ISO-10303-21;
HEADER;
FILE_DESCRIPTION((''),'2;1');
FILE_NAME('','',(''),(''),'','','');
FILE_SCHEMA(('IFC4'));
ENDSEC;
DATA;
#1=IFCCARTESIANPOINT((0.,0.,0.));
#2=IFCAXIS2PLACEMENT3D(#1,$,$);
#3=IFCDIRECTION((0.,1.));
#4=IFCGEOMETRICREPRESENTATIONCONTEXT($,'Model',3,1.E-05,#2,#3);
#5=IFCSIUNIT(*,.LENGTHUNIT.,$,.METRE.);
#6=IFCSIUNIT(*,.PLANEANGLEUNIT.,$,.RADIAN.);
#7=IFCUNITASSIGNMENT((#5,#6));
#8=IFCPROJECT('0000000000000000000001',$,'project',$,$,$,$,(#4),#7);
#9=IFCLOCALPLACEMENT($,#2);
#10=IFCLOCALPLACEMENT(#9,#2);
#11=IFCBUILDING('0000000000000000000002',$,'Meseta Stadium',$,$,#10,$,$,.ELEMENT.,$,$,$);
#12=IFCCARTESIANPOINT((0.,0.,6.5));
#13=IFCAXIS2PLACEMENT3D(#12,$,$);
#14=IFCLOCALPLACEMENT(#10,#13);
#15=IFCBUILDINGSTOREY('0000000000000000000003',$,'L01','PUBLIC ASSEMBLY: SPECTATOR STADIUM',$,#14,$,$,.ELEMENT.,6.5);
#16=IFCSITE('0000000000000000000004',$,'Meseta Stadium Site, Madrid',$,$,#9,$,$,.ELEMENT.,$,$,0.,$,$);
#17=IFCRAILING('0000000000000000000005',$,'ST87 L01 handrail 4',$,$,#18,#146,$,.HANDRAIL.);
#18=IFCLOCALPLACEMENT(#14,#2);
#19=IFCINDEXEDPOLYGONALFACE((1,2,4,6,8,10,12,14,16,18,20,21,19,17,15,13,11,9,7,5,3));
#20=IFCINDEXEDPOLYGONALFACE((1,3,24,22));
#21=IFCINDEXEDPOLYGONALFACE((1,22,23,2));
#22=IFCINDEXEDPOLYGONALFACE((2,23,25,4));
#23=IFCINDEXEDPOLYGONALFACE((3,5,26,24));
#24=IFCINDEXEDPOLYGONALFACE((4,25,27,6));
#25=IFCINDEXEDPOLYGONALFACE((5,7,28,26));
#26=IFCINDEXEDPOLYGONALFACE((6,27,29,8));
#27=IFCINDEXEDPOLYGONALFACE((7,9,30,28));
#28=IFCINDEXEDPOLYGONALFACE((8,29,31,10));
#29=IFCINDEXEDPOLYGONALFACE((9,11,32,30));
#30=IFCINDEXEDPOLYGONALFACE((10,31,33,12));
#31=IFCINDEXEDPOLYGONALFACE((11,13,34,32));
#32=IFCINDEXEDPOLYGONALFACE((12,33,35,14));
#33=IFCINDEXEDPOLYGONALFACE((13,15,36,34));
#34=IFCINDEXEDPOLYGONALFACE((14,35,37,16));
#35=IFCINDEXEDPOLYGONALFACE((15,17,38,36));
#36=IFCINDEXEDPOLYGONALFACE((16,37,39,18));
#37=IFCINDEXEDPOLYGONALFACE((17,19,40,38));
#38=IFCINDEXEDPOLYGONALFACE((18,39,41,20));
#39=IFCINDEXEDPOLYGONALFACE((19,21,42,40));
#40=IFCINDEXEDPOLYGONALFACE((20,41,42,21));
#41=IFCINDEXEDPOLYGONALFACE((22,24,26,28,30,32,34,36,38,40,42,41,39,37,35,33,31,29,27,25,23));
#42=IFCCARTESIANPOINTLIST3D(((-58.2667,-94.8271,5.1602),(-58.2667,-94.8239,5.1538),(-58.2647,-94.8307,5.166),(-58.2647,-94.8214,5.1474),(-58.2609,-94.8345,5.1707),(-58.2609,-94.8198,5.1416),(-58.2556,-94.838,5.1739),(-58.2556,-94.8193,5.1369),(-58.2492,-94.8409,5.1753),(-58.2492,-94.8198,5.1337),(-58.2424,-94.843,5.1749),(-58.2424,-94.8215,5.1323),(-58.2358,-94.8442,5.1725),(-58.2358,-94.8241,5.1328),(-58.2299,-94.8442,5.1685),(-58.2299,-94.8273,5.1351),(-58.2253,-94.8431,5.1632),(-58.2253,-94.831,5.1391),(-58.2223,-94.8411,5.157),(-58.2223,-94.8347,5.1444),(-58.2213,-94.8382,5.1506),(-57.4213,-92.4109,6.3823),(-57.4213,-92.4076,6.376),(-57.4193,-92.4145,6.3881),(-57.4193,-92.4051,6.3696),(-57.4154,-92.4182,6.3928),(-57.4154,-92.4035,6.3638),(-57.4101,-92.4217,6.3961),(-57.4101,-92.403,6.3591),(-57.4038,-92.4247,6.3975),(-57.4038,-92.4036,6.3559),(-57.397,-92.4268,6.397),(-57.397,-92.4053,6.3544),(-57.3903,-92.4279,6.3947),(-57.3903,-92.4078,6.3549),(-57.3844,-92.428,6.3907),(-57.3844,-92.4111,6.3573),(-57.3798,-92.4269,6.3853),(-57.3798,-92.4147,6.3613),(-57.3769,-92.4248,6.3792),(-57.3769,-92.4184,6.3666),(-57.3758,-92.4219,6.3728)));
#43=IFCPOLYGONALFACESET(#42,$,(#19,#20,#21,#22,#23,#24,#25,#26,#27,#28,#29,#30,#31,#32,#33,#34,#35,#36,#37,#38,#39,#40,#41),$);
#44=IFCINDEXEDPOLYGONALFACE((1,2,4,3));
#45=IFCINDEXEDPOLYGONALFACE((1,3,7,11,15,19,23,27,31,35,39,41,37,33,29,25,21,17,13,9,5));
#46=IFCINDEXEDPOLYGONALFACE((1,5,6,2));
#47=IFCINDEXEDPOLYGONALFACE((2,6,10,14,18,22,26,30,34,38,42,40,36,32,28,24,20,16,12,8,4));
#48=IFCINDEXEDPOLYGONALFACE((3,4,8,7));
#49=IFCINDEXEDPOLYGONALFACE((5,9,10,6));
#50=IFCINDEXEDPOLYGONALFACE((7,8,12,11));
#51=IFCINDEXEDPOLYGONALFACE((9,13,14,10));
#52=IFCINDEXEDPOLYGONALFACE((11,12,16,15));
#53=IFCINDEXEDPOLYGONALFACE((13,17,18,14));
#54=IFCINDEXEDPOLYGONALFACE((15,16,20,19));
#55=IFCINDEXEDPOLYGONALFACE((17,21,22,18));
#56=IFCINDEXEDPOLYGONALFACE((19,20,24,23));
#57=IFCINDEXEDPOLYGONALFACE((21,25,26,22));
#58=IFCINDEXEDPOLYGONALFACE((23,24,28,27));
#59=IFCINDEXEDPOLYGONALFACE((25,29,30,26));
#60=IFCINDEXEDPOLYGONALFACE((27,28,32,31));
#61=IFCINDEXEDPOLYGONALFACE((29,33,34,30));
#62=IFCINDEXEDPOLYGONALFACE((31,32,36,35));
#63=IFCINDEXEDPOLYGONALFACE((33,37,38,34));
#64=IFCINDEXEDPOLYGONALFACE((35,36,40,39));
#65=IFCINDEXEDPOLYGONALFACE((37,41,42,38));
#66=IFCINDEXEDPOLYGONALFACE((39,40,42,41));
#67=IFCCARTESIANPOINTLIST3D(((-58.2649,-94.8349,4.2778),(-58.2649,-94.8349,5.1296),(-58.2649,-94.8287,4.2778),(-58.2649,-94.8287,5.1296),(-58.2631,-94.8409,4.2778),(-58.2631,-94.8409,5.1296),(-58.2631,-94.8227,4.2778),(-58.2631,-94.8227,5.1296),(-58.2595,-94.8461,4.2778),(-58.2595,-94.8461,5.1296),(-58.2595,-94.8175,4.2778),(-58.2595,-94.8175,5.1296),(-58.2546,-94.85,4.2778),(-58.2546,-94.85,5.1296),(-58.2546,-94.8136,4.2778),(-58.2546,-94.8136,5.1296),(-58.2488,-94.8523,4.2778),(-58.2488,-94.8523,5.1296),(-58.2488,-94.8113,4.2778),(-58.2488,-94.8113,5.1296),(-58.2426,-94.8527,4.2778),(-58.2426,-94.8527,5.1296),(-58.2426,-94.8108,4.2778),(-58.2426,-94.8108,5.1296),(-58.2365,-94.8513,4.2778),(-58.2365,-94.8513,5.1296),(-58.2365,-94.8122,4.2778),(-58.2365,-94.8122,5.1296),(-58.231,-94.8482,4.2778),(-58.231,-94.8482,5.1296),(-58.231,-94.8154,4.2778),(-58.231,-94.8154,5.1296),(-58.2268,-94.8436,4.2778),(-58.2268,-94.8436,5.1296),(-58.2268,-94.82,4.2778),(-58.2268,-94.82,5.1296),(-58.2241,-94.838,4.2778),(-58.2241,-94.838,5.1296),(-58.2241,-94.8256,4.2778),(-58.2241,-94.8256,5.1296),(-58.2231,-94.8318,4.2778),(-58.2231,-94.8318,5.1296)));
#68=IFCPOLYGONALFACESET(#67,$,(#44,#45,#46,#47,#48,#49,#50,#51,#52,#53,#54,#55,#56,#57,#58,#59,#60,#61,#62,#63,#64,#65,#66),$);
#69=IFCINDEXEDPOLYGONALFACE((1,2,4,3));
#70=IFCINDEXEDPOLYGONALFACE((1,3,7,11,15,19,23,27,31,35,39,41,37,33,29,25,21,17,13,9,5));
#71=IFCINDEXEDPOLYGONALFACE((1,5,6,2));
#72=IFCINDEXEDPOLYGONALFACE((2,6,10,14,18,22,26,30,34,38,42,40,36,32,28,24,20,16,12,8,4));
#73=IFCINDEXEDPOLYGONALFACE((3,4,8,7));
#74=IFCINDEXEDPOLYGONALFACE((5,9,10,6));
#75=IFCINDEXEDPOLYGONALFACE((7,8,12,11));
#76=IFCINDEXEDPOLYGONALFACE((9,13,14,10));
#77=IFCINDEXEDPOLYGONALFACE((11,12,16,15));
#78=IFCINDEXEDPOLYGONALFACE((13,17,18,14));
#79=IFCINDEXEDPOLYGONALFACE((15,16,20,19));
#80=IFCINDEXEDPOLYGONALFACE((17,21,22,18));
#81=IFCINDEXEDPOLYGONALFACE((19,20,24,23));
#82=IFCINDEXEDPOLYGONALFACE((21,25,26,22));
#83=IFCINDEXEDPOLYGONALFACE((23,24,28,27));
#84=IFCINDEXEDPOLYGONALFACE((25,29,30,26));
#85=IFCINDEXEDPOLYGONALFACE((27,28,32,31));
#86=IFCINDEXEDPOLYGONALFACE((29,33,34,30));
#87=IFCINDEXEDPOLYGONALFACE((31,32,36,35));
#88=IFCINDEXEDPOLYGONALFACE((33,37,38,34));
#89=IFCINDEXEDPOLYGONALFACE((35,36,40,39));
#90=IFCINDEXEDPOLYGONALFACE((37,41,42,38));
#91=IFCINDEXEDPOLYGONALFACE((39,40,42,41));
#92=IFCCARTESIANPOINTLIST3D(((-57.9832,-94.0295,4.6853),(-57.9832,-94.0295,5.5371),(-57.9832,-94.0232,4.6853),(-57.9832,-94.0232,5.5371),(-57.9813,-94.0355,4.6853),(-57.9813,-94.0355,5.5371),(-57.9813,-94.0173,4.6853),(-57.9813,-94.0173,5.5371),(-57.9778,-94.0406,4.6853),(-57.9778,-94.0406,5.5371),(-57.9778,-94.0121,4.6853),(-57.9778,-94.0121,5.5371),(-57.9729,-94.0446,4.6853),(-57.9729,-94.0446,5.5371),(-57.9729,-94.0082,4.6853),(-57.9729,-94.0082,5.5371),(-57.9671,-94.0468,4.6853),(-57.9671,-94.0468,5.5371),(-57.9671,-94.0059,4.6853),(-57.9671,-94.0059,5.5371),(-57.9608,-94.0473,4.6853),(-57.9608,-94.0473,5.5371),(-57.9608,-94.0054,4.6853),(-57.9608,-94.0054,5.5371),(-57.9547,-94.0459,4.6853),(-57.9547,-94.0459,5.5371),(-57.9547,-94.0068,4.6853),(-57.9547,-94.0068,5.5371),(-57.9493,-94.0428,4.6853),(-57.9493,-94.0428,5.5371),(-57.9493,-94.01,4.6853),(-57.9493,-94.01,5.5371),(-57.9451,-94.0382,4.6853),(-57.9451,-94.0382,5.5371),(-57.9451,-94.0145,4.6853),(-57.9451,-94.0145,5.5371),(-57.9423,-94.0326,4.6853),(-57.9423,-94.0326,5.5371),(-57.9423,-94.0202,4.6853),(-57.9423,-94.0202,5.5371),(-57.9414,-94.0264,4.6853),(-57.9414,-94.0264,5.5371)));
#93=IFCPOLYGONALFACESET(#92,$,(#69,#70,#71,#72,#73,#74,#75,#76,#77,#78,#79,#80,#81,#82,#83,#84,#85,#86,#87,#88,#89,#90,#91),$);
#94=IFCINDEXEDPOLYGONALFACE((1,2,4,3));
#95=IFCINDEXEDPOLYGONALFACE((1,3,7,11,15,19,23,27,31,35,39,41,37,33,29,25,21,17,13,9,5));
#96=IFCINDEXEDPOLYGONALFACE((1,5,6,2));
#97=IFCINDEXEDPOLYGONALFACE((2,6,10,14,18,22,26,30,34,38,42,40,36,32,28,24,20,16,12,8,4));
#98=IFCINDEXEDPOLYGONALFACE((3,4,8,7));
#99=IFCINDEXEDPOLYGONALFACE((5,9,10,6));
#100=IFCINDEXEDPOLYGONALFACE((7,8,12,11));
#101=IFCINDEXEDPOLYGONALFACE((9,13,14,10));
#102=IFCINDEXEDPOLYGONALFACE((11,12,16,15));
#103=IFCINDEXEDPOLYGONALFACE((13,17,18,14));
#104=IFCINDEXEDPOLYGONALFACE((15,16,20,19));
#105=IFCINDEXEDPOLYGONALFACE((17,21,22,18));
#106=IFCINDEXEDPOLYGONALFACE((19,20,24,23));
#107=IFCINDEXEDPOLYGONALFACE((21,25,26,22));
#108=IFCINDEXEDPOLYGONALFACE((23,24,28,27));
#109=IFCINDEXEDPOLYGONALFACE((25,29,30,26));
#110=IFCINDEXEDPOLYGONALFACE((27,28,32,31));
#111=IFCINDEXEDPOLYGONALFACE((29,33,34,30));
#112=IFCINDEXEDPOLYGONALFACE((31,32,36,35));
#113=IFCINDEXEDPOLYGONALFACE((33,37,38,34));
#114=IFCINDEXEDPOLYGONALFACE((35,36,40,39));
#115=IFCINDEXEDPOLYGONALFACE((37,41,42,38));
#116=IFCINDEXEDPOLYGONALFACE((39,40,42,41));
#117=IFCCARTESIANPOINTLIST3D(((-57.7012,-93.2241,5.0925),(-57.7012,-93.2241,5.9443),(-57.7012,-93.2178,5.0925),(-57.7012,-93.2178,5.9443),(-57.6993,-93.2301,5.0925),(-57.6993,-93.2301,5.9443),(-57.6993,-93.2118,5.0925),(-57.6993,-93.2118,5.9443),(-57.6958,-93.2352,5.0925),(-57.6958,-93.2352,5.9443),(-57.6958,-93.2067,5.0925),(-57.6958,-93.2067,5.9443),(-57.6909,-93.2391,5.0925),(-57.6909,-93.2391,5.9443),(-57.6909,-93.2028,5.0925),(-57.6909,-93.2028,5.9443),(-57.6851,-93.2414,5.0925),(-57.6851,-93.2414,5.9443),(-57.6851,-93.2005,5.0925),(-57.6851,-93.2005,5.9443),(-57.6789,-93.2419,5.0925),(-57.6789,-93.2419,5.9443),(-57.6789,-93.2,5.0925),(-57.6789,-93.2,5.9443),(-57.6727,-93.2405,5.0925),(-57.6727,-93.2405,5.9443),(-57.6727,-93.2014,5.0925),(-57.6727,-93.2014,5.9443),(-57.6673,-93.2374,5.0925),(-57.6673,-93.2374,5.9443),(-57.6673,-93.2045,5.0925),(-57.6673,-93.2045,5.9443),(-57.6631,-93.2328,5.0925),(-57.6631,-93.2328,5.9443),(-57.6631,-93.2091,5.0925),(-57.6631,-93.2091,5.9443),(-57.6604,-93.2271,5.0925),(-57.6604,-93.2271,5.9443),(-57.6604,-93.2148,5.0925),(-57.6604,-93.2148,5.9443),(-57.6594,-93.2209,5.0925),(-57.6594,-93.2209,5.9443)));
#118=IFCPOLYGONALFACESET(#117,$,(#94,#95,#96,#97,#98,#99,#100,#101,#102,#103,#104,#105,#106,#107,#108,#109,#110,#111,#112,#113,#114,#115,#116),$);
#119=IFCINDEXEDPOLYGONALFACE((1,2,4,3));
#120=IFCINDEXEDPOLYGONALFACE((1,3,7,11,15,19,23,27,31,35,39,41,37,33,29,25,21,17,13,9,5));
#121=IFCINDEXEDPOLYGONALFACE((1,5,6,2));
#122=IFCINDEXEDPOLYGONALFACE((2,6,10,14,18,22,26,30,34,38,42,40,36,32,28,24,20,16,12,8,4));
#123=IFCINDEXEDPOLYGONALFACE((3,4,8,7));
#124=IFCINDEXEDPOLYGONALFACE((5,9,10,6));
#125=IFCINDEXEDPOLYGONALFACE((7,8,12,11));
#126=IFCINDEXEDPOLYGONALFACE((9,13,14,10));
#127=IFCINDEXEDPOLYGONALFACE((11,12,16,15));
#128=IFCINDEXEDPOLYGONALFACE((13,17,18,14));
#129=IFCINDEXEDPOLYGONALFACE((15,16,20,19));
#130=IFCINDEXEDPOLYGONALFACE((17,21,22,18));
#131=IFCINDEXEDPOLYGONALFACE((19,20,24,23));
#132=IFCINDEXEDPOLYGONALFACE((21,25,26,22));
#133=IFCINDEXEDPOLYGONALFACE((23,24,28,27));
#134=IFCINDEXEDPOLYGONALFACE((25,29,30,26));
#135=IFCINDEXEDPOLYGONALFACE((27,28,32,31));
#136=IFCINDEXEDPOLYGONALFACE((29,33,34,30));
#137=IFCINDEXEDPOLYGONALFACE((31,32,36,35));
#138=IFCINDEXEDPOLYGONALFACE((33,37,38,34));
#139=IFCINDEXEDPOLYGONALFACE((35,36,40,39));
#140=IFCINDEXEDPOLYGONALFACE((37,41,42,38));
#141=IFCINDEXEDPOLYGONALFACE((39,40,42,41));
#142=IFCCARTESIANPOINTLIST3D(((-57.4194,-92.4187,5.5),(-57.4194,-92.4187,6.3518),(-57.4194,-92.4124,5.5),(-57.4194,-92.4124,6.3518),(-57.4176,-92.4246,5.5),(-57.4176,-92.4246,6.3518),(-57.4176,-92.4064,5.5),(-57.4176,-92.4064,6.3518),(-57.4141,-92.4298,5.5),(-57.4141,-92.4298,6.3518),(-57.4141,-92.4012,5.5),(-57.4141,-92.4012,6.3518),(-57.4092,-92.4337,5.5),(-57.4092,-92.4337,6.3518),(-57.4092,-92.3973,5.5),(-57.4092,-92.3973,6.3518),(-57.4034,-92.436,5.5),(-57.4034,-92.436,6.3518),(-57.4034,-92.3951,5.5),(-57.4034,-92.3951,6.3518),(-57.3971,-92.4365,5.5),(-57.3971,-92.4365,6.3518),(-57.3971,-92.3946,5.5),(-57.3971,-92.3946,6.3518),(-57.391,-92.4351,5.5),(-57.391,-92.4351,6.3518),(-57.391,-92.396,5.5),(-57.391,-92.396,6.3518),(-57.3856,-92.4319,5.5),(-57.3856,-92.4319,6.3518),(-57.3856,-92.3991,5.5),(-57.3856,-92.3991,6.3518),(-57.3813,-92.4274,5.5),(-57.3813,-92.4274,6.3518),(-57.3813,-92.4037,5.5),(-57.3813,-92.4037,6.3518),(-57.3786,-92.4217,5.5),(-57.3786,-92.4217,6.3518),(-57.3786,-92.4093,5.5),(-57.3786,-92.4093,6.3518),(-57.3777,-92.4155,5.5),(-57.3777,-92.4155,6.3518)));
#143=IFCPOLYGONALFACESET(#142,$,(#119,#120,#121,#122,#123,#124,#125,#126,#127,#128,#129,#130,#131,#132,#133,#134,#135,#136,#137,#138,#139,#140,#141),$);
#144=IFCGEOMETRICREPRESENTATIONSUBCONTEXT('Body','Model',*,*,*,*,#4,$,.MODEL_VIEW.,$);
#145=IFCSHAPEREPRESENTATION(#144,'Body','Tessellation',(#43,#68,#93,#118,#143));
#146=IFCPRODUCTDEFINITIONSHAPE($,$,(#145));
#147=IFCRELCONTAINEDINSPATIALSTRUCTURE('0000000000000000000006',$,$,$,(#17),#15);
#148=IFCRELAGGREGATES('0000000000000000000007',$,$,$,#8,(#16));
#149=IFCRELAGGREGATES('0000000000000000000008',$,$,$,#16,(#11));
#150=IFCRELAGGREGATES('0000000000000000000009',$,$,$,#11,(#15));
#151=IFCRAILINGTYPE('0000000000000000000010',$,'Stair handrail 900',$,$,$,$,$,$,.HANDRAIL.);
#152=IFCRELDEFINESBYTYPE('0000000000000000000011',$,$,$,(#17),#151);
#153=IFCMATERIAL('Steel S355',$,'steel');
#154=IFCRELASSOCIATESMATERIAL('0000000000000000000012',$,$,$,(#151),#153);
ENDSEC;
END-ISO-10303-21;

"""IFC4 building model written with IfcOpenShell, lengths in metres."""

from ifc_helpers import new_model, si_unit, direction, frame, origin, origin_2d, place, context, subcontext, project, spatial, circle, extrude, material, type_object, element, save


model = new_model("IFC4")

# Units and contexts
model_context = context("Model", 3, precision=1e-05, world=origin(), true_north=direction((0.0, 1.0)))
body_context = subcontext(model_context, "Body", "Model", "MODEL_VIEW")
ifc_project = project(units=[si_unit("LENGTHUNIT", "METRE"), si_unit("PLANEANGLEUNIT", "RADIAN")], contexts=[model_context])

# Site, building, storey
site_placement = place(None, origin())
site = spatial("IfcSite", under=ifc_project, at=site_placement, Name="Meseta Stadium Site, Madrid", CompositionType="ELEMENT", RefElevation=0.0)
building_placement = place(site_placement, origin())
building = spatial("IfcBuilding", under=site, at=building_placement, Name="Meseta Stadium", CompositionType="ELEMENT")
storey_placement = place(building_placement, frame((0.0, 0.0, 6.5)))
storey = spatial("IfcBuildingStorey", under=building, at=storey_placement, Name="L01", Description="PUBLIC ASSEMBLY: SPECTATOR STADIUM", CompositionType="ELEMENT", Elevation=6.5)

# Railing
ifc_material_1 = material(Name="Steel S355", Category="steel")
railing_type_1 = type_object("IfcRailingType", Name="Stair handrail 900", PredefinedType="HANDRAIL", material=ifc_material_1)
for number, where, name in (
    (1, (-58.2441, -94.8318, 4.2778), "ST87 L01 handrail 4"),
):
    element("IfcRailing", number, at=place(storey_placement, frame(where)), inside=storey, type_object=railing_type_1, Name=name, PredefinedType="HANDRAIL", context=body_context, shape_type="SweptSolid", body=[
        extrude(circle(Radius=0.0239, at=origin_2d()), frame((0.0, 0.0, 0.876), z_axis=(0.298044, 0.851789, 0.430843), x_axis=(-0.943887, 0.33027, 0.0)), (0.0, 0.0, 1.0), 2.8367),
        extrude(circle(Radius=0.021, at=origin_2d()), origin(), (0.0, 0.0, 1.0), 0.8518),
        extrude(circle(Radius=0.021, at=origin_2d()), frame((0.2817, 0.8054, 0.4075)), (0.0, 0.0, 1.0), 0.8518),
        extrude(circle(Radius=0.021, at=origin_2d()), frame((0.5637, 1.6108, 0.8147)), (0.0, 0.0, 1.0), 0.8518),
        extrude(circle(Radius=0.021, at=origin_2d()), frame((0.8455, 2.4163, 1.2222)), (0.0, 0.0, 1.0), 0.8518),
    ])

save(model, "model.ifc")
